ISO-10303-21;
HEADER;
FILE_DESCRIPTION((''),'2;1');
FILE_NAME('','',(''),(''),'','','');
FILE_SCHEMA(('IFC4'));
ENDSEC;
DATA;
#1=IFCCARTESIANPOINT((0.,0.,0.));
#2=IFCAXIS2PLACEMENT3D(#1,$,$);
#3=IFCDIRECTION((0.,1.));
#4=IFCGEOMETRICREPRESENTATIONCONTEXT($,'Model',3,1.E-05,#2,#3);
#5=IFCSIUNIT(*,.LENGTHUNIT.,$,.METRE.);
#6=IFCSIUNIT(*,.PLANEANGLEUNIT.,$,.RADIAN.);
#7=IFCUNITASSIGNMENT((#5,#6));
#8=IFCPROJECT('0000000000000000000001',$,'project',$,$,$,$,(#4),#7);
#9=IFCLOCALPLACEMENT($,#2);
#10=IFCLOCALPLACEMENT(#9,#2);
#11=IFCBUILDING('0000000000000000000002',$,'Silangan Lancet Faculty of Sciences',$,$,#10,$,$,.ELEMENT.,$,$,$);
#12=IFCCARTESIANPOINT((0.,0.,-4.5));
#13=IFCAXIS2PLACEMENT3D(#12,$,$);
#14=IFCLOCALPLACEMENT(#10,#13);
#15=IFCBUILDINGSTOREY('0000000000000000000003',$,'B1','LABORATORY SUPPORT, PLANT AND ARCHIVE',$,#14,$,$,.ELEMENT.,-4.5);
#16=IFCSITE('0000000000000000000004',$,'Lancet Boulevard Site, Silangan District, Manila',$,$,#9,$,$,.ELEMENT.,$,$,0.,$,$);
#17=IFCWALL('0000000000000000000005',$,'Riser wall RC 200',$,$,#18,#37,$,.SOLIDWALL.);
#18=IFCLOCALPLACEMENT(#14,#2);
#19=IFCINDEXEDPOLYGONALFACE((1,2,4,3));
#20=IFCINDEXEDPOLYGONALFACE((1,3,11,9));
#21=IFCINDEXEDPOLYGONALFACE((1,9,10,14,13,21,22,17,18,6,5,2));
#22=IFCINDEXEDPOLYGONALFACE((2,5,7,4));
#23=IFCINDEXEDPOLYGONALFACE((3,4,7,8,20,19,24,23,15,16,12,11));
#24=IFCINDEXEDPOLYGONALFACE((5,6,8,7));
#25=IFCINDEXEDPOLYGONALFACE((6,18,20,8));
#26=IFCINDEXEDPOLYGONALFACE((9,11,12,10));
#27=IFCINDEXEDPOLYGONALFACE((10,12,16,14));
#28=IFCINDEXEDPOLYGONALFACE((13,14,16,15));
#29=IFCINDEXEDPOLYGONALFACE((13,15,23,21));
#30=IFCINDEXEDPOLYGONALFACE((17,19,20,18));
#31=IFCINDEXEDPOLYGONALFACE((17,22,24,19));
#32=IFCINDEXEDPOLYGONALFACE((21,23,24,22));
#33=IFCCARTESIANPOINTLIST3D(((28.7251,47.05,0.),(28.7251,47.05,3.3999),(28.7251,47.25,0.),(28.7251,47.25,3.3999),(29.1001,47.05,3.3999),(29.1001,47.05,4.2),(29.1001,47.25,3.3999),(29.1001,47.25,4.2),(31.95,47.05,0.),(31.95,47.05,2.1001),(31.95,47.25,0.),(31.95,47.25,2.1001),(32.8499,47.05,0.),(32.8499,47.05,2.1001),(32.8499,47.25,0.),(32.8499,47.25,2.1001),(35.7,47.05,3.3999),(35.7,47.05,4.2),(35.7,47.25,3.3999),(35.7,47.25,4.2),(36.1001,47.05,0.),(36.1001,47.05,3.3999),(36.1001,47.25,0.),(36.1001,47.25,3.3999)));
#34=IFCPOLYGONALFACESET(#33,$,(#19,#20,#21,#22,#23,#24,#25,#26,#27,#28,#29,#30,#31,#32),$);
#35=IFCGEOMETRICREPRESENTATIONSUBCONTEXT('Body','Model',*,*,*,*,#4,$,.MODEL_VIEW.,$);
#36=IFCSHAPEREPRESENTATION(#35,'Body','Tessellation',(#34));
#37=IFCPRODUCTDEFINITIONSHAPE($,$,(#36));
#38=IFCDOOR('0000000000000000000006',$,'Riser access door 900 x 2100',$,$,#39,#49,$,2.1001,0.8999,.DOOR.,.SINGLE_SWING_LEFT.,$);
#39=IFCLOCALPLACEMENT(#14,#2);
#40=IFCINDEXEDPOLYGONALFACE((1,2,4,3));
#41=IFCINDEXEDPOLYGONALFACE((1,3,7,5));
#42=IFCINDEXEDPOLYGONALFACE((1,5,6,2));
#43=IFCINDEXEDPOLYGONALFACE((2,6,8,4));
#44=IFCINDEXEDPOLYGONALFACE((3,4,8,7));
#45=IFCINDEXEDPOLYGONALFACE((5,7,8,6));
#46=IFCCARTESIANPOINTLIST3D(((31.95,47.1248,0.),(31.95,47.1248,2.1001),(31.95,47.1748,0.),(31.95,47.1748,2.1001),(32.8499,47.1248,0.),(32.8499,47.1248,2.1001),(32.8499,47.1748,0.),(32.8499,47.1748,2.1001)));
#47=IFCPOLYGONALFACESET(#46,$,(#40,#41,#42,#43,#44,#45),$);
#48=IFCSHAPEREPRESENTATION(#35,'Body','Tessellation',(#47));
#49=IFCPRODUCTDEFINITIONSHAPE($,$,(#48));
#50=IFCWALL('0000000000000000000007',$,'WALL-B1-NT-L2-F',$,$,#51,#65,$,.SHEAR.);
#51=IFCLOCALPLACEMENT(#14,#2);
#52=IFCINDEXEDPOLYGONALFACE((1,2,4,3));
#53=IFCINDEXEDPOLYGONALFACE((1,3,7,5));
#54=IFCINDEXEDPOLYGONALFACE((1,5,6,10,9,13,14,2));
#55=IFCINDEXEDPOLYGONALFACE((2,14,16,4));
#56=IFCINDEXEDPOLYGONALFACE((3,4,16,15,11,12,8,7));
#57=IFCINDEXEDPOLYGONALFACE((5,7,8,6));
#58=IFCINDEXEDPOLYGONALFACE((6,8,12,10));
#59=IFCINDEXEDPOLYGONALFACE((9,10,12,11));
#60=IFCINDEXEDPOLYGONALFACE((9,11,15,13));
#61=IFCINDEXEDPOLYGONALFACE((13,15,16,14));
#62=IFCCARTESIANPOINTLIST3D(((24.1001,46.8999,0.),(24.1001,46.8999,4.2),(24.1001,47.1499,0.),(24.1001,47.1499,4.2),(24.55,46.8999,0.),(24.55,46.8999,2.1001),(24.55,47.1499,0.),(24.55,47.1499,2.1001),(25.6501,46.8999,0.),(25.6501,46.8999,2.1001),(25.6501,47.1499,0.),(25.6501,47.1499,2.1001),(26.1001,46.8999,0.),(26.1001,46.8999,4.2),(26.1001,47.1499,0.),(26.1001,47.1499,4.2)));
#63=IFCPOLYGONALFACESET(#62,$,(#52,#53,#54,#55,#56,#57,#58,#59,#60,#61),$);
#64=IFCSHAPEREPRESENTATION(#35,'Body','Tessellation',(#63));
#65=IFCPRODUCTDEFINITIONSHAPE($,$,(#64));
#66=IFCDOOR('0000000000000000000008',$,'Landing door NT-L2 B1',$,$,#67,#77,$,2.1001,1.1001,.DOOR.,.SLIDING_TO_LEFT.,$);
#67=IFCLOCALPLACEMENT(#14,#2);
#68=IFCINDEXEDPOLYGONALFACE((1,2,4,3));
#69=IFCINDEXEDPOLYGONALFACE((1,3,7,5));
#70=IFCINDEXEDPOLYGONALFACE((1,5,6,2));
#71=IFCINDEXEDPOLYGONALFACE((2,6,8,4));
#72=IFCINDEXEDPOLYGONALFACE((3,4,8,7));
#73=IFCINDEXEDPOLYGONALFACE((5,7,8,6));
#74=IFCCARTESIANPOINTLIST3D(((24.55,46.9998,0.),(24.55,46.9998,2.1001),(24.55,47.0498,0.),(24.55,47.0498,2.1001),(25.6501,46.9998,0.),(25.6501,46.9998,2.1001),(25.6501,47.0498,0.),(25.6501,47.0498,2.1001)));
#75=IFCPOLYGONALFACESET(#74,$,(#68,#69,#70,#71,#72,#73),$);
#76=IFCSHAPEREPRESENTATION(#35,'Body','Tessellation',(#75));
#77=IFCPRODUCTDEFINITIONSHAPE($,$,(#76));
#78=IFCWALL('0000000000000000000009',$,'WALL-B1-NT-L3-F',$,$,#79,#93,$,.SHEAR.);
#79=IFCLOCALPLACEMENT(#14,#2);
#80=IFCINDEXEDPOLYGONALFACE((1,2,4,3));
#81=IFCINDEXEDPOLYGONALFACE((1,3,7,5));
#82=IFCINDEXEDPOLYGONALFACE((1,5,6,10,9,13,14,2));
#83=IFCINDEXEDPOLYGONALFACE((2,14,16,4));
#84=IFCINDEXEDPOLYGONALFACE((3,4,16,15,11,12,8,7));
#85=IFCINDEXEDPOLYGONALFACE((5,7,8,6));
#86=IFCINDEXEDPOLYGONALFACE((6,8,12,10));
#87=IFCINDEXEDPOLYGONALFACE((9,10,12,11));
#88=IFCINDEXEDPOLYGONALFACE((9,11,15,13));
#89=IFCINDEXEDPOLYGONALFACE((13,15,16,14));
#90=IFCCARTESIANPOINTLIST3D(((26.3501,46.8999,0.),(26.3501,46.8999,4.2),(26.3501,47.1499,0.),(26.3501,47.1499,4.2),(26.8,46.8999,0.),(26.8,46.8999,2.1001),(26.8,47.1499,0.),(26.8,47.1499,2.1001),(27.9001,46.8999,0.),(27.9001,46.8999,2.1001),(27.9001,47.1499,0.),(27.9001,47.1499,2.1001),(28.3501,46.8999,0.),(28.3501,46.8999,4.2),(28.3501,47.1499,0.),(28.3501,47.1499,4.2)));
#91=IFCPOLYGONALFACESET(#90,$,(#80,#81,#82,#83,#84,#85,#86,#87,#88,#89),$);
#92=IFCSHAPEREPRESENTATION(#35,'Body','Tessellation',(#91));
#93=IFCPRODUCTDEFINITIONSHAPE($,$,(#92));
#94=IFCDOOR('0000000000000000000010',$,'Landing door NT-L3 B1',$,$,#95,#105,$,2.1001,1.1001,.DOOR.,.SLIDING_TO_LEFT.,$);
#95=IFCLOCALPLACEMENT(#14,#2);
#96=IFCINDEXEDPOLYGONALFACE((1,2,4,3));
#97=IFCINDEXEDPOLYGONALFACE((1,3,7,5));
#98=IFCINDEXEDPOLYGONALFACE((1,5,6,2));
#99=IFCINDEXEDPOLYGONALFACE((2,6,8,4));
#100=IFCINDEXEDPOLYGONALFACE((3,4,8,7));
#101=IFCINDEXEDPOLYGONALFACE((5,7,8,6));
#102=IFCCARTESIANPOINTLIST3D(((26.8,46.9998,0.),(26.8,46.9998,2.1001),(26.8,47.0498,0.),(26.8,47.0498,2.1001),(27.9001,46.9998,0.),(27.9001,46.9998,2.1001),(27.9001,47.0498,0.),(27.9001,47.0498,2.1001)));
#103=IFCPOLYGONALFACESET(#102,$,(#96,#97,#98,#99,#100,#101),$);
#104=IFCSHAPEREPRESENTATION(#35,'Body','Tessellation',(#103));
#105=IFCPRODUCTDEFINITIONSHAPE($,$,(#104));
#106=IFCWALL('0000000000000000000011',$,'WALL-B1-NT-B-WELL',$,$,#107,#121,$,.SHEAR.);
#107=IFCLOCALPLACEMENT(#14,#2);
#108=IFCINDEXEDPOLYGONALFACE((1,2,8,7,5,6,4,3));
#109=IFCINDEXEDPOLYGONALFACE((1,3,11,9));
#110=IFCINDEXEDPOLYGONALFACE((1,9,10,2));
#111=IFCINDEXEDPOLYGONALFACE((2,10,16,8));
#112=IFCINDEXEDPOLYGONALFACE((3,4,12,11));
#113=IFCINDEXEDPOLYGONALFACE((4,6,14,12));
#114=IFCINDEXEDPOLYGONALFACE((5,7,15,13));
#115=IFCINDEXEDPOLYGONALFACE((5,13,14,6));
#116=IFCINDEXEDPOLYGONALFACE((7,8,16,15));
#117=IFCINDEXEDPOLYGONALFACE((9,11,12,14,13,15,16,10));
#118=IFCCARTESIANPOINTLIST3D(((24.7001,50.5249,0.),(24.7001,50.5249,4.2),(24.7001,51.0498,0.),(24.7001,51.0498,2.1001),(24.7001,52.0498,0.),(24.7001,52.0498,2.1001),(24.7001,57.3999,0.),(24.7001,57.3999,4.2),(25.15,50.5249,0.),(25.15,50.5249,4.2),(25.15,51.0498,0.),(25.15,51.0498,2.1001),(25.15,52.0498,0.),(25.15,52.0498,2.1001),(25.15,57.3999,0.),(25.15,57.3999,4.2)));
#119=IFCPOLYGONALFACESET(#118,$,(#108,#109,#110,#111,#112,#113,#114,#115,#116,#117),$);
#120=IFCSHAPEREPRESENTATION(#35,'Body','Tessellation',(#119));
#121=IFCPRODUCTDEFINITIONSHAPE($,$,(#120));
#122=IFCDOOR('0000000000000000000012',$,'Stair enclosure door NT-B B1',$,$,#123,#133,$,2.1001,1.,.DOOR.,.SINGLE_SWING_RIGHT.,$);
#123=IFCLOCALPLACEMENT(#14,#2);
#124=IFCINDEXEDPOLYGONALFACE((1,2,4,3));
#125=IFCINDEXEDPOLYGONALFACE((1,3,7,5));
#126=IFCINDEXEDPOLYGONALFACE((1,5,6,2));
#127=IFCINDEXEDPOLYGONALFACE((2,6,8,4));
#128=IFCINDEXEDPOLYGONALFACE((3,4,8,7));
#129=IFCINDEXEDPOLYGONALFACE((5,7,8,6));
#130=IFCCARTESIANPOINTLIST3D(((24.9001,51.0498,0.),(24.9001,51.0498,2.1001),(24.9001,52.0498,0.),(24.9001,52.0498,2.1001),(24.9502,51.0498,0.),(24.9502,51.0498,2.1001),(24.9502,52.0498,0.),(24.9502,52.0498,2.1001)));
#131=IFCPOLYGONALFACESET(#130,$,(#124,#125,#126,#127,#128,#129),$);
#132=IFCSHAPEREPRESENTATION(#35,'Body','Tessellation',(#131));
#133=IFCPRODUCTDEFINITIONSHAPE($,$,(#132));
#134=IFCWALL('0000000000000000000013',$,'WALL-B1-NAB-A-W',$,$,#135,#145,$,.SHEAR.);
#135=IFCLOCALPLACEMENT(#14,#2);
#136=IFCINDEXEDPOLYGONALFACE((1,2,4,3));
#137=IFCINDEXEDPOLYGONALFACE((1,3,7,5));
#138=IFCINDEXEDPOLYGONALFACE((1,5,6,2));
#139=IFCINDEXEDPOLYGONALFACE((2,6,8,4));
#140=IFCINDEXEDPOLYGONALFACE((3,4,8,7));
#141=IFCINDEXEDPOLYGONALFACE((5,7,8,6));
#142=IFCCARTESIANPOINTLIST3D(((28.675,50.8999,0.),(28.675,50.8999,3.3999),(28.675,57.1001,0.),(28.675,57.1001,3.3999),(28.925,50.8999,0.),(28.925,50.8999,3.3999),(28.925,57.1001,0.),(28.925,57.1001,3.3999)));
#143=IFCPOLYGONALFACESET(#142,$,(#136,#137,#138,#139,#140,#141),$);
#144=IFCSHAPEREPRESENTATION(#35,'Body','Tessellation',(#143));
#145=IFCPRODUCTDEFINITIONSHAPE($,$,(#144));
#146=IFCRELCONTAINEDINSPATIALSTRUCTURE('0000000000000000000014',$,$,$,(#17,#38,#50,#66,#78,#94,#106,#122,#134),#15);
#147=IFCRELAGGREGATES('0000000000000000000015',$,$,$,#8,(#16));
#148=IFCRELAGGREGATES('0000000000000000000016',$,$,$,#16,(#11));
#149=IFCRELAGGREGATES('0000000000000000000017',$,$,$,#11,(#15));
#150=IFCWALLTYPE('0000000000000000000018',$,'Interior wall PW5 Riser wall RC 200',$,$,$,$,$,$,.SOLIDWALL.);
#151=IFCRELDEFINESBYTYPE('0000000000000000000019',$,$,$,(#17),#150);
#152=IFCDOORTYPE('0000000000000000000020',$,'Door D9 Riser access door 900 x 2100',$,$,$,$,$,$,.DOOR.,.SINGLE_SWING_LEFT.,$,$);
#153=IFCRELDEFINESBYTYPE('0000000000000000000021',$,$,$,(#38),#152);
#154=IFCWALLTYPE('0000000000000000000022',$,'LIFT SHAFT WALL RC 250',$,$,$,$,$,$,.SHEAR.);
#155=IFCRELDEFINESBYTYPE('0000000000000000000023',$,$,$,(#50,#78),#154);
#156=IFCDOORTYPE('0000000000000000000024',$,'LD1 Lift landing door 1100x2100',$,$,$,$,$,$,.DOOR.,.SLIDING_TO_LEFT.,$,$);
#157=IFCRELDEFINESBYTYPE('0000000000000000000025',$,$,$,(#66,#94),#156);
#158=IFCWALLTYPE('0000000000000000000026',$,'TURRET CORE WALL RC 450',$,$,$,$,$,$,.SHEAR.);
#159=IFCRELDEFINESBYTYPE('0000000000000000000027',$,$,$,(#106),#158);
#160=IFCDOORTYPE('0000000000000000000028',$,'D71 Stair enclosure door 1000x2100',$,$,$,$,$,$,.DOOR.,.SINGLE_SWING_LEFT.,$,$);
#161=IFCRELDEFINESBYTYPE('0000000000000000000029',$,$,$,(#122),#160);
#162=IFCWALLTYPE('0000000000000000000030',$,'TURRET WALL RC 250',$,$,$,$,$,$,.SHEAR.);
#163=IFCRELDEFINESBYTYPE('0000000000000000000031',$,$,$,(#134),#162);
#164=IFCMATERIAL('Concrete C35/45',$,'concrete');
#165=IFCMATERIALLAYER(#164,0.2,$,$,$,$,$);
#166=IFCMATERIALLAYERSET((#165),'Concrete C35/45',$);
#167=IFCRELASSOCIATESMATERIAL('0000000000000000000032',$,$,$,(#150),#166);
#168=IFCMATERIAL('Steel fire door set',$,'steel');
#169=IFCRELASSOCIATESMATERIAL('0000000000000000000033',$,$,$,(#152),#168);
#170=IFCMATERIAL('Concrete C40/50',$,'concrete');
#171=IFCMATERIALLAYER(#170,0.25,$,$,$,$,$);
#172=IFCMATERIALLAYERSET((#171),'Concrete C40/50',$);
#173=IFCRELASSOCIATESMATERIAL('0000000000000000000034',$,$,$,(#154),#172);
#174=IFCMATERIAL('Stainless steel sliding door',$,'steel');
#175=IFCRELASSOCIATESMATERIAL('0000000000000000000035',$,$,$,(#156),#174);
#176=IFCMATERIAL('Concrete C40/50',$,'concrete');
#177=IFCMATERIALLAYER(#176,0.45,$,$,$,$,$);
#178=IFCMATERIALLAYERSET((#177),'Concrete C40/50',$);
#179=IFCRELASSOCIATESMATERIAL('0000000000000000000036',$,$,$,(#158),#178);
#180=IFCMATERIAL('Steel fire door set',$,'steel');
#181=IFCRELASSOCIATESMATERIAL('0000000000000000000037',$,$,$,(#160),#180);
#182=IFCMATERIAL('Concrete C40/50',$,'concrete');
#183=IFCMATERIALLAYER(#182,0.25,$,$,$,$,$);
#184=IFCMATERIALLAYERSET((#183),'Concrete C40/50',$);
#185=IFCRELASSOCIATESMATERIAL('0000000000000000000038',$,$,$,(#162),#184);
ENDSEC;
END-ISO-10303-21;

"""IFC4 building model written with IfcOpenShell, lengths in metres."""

from ifc_helpers import new_model, si_unit, direction, frame, frame_2d, origin, place, context, subcontext, project, spatial, polyline, rectangle, outline, extrude, material, layer, layer_set, type_object, element, fill, save


model = new_model("IFC4")

# Units and contexts
model_context = context("Model", 3, precision=1e-05, world=origin(), true_north=direction((0.0, 1.0)))
body_context = subcontext(model_context, "Body", "Model", "MODEL_VIEW")
ifc_project = project(units=[si_unit("LENGTHUNIT", "METRE"), si_unit("PLANEANGLEUNIT", "RADIAN")], contexts=[model_context])

# Site, building, storey
site_placement = place(None, origin())
site = spatial("IfcSite", under=ifc_project, at=site_placement, Name="Lancet Boulevard Site, Silangan District, Manila", CompositionType="ELEMENT", RefElevation=0.0)
building_placement = place(site_placement, origin())
building = spatial("IfcBuilding", under=site, at=building_placement, Name="Silangan Lancet Faculty of Sciences", CompositionType="ELEMENT")
storey_placement = place(building_placement, frame((0.0, 0.0, -4.5)))
storey = spatial("IfcBuildingStorey", under=building, at=storey_placement, Name="B1", Description="LABORATORY SUPPORT, PLANT AND ARCHIVE", CompositionType="ELEMENT", Elevation=-4.5)

# Walls, openings, doors
ifc_material_1 = material(Name="Concrete C35/45", Category="concrete")
ifc_layer_1 = layer(ifc_material_1, 0.2)
ifc_layer_set_1 = layer_set([ifc_layer_1], Name="Concrete C35/45")
wall_type_1 = type_object("IfcWallType", Name="Interior wall PW5 Riser wall RC 200", PredefinedType="SOLIDWALL", material=ifc_layer_set_1)
wall_1_placement = place(storey_placement, frame((28.7251, 47.1499, 0.0), z_axis=(0.0, 0.0, 1.0), x_axis=(1.0, 0.0, 0.0)))
wall_1 = element("IfcWall", 1, at=wall_1_placement, inside=storey, type_object=wall_type_1, Name="Riser wall RC 200", PredefinedType="SOLIDWALL", context=body_context, shape_type="SweptSolid", body=[
    extrude(outline(polyline([(0.0, 0.0), (7.375, 0.0), (7.375, 3.3999), (6.9749, 3.3999), (6.9749, 4.2), (0.375, 4.2), (0.375, 3.3999), (0.0, 3.3999), (0.0, 0.0)])), frame((0.0, 0.1001, 0.0), z_axis=(0.0, -1.0, 0.0), x_axis=(1.0, 0.0, 0.0)), (0.0, 0.0, 1.0), 0.2),
])
opening_1_placement = place(wall_1_placement, frame((3.2249, 0.0, 0.0)))
opening_1 = element("IfcOpeningElement", 2, at=opening_1_placement, cuts=wall_1, PredefinedType="OPENING", context=body_context, shape_type="SweptSolid", body=[
    extrude(rectangle(XDim=0.8999, YDim=2.1001, at=frame_2d((0.45, 1.05))), frame((0.0, 0.1099, 0.0), z_axis=(0.0, -1.0, 0.0), x_axis=(1.0, 0.0, 0.0)), (0.0, 0.0, 1.0), 0.22),
])
ifc_material_2 = material(Name="Steel fire door set", Category="steel")
door_type_1 = type_object("IfcDoorType", Name="Door D9 Riser access door 900 x 2100", OperationType="SINGLE_SWING_LEFT", PredefinedType="DOOR", material=ifc_material_2)
door_1_placement = place(opening_1_placement, frame((0.8999, 0.0, 0.0), z_axis=(0.0, 0.0, 1.0), x_axis=(-1.0, 0.0, 0.0)))
door_1 = element("IfcDoor", 3, at=door_1_placement, inside=storey, type_object=door_type_1, Name="Riser access door 900 x 2100", OperationType="SINGLE_SWING_LEFT", OverallHeight=2.1001, OverallWidth=0.8999, PredefinedType="DOOR", context=body_context, shape_type="SweptSolid", body=[
    extrude(rectangle(XDim=0.8999, YDim=2.1001, at=frame_2d((0.45, 1.05))), frame((0.0, 0.0251, 0.0), z_axis=(0.0, -1.0, 0.0), x_axis=(1.0, 0.0, 0.0)), (0.0, 0.0, 1.0), 0.05),
])
fill(opening_1, door_1)
ifc_material_3 = material(Name="Concrete C40/50", Category="concrete")
ifc_layer_2 = layer(ifc_material_3, 0.25)
ifc_layer_set_2 = layer_set([ifc_layer_2], Name="Concrete C40/50")
wall_type_2 = type_object("IfcWallType", Name="LIFT SHAFT WALL RC 250", PredefinedType="SHEAR", material=ifc_layer_set_2)
wall_2_placement = place(storey_placement, frame((24.1001, 47.0249, 0.0), z_axis=(0.0, 0.0, 1.0), x_axis=(1.0, 0.0, 0.0)))
wall_2 = element("IfcWall", 4, at=wall_2_placement, inside=storey, type_object=wall_type_2, Name="WALL-B1-NT-L2-F", PredefinedType="SHEAR", context=body_context, shape_type="SweptSolid", body=[
    extrude(rectangle(XDim=2.0, YDim=0.25, at=frame_2d((1.0, 0.0))), origin(), (0.0, 0.0, 1.0), 4.2),
])
opening_2_placement = place(wall_2_placement, frame((0.45, 0.0, 0.0)))
opening_2 = element("IfcOpeningElement", 5, at=opening_2_placement, cuts=wall_2, PredefinedType="OPENING", context=body_context, shape_type="SweptSolid", body=[
    extrude(rectangle(XDim=1.1001, YDim=2.1001, at=frame_2d((0.55, 1.05))), frame((0.0, 0.135, 0.0), z_axis=(0.0, -1.0, 0.0), x_axis=(1.0, 0.0, 0.0)), (0.0, 0.0, 1.0), 0.27),
])
ifc_material_4 = material(Name="Stainless steel sliding door", Category="steel")
door_type_2 = type_object("IfcDoorType", Name="LD1 Lift landing door 1100x2100", OperationType="SLIDING_TO_LEFT", PredefinedType="DOOR", material=ifc_material_4)
door_2_placement = place(opening_2_placement, origin())
door_2 = element("IfcDoor", 6, at=door_2_placement, inside=storey, type_object=door_type_2, Name="Landing door NT-L2 B1", OperationType="SLIDING_TO_LEFT", OverallHeight=2.1001, OverallWidth=1.1001, PredefinedType="DOOR", context=body_context, shape_type="SweptSolid", body=[
    extrude(rectangle(XDim=1.1001, YDim=2.1001, at=frame_2d((0.55, 1.05))), frame((0.0, 0.0249, 0.0), z_axis=(0.0, -1.0, 0.0), x_axis=(1.0, 0.0, 0.0)), (0.0, 0.0, 1.0), 0.05),
])
fill(opening_2, door_2)
wall_3_placement = place(storey_placement, frame((26.3501, 47.0249, 0.0), z_axis=(0.0, 0.0, 1.0), x_axis=(1.0, 0.0, 0.0)))
wall_3 = element("IfcWall", 7, at=wall_3_placement, inside=storey, type_object=wall_type_2, Name="WALL-B1-NT-L3-F", PredefinedType="SHEAR", context=body_context, shape_type="SweptSolid", body=[
    extrude(rectangle(XDim=2.0, YDim=0.25, at=frame_2d((1.0, 0.0))), origin(), (0.0, 0.0, 1.0), 4.2),
])
opening_3_placement = place(wall_3_placement, frame((0.45, 0.0, 0.0)))
opening_3 = element("IfcOpeningElement", 8, at=opening_3_placement, cuts=wall_3, PredefinedType="OPENING", context=body_context, shape_type="SweptSolid", body=[
    extrude(rectangle(XDim=1.1001, YDim=2.1001, at=frame_2d((0.55, 1.05))), frame((0.0, 0.135, 0.0), z_axis=(0.0, -1.0, 0.0), x_axis=(1.0, 0.0, 0.0)), (0.0, 0.0, 1.0), 0.27),
])
door_3_placement = place(opening_3_placement, origin())
door_3 = element("IfcDoor", 9, at=door_3_placement, inside=storey, type_object=door_type_2, Name="Landing door NT-L3 B1", OperationType="SLIDING_TO_LEFT", OverallHeight=2.1001, OverallWidth=1.1001, PredefinedType="DOOR", context=body_context, shape_type="SweptSolid", body=[
    extrude(rectangle(XDim=1.1001, YDim=2.1001, at=frame_2d((0.55, 1.05))), frame((0.0, 0.0249, 0.0), z_axis=(0.0, -1.0, 0.0), x_axis=(1.0, 0.0, 0.0)), (0.0, 0.0, 1.0), 0.05),
])
fill(opening_3, door_3)
ifc_material_5 = material(Name="Concrete C40/50", Category="concrete")
ifc_layer_3 = layer(ifc_material_5, 0.45)
ifc_layer_set_3 = layer_set([ifc_layer_3], Name="Concrete C40/50")
wall_type_3 = type_object("IfcWallType", Name="TURRET CORE WALL RC 450", PredefinedType="SHEAR", material=ifc_layer_set_3)
wall_4_placement = place(storey_placement, frame((24.925, 50.5249, 0.0), z_axis=(0.0, 0.0, 1.0), x_axis=(0.0, 1.0, 0.0)))
wall_4 = element("IfcWall", 10, at=wall_4_placement, inside=storey, type_object=wall_type_3, Name="WALL-B1-NT-B-WELL", PredefinedType="SHEAR", context=body_context, shape_type="SweptSolid", body=[
    extrude(rectangle(XDim=6.875, YDim=0.45, at=frame_2d((3.4375, 0.0))), origin(), (0.0, 0.0, 1.0), 4.2),
])
opening_4_placement = place(wall_4_placement, frame((0.5249, 0.0, 0.0)))
opening_4 = element("IfcOpeningElement", 11, at=opening_4_placement, cuts=wall_4, PredefinedType="OPENING", context=body_context, shape_type="SweptSolid", body=[
    extrude(rectangle(XDim=1.0, YDim=2.1001, at=frame_2d((0.5, 1.05))), frame((0.0, 0.2349, 0.0), z_axis=(0.0, -1.0, 0.0), x_axis=(1.0, 0.0, 0.0)), (0.0, 0.0, 1.0), 0.47),
])
ifc_material_6 = material(Name="Steel fire door set", Category="steel")
door_type_3 = type_object("IfcDoorType", Name="D71 Stair enclosure door 1000x2100", OperationType="SINGLE_SWING_LEFT", PredefinedType="DOOR", material=ifc_material_6)
door_4_placement = place(opening_4_placement, frame((1.0, 0.0, 0.0), z_axis=(0.0, 0.0, 1.0), x_axis=(-1.0, 0.0, 0.0)))
door_4 = element("IfcDoor", 12, at=door_4_placement, inside=storey, type_object=door_type_3, Name="Stair enclosure door NT-B B1", OperationType="SINGLE_SWING_RIGHT", OverallHeight=2.1001, OverallWidth=1.0, PredefinedType="DOOR", context=body_context, shape_type="SweptSolid", body=[
    extrude(rectangle(XDim=1.0, YDim=2.1001, at=frame_2d((0.5, 1.05))), frame((0.0, 0.0251, 0.0), z_axis=(0.0, -1.0, 0.0), x_axis=(1.0, 0.0, 0.0)), (0.0, 0.0, 1.0), 0.05),
])
fill(opening_4, door_4)

# Wall
ifc_material_7 = material(Name="Concrete C40/50", Category="concrete")
ifc_layer_4 = layer(ifc_material_7, 0.25)
ifc_layer_set_4 = layer_set([ifc_layer_4], Name="Concrete C40/50")
wall_type_4 = type_object("IfcWallType", Name="TURRET WALL RC 250", PredefinedType="SHEAR", material=ifc_layer_set_4)
wall_5_placement = place(storey_placement, frame((28.8, 50.8999, 0.0), z_axis=(0.0, 0.0, 1.0), x_axis=(0.0, 1.0, 0.0)))
element("IfcWall", 13, at=wall_5_placement, inside=storey, type_object=wall_type_4, Name="WALL-B1-NAB-A-W", PredefinedType="SHEAR", context=body_context, shape_type="SweptSolid", body=[
    extrude(rectangle(XDim=6.2002, YDim=0.25, at=frame_2d((3.1001, 0.0))), origin(), (0.0, 0.0, 1.0), 3.3999),
])

save(model, "model.ifc")
